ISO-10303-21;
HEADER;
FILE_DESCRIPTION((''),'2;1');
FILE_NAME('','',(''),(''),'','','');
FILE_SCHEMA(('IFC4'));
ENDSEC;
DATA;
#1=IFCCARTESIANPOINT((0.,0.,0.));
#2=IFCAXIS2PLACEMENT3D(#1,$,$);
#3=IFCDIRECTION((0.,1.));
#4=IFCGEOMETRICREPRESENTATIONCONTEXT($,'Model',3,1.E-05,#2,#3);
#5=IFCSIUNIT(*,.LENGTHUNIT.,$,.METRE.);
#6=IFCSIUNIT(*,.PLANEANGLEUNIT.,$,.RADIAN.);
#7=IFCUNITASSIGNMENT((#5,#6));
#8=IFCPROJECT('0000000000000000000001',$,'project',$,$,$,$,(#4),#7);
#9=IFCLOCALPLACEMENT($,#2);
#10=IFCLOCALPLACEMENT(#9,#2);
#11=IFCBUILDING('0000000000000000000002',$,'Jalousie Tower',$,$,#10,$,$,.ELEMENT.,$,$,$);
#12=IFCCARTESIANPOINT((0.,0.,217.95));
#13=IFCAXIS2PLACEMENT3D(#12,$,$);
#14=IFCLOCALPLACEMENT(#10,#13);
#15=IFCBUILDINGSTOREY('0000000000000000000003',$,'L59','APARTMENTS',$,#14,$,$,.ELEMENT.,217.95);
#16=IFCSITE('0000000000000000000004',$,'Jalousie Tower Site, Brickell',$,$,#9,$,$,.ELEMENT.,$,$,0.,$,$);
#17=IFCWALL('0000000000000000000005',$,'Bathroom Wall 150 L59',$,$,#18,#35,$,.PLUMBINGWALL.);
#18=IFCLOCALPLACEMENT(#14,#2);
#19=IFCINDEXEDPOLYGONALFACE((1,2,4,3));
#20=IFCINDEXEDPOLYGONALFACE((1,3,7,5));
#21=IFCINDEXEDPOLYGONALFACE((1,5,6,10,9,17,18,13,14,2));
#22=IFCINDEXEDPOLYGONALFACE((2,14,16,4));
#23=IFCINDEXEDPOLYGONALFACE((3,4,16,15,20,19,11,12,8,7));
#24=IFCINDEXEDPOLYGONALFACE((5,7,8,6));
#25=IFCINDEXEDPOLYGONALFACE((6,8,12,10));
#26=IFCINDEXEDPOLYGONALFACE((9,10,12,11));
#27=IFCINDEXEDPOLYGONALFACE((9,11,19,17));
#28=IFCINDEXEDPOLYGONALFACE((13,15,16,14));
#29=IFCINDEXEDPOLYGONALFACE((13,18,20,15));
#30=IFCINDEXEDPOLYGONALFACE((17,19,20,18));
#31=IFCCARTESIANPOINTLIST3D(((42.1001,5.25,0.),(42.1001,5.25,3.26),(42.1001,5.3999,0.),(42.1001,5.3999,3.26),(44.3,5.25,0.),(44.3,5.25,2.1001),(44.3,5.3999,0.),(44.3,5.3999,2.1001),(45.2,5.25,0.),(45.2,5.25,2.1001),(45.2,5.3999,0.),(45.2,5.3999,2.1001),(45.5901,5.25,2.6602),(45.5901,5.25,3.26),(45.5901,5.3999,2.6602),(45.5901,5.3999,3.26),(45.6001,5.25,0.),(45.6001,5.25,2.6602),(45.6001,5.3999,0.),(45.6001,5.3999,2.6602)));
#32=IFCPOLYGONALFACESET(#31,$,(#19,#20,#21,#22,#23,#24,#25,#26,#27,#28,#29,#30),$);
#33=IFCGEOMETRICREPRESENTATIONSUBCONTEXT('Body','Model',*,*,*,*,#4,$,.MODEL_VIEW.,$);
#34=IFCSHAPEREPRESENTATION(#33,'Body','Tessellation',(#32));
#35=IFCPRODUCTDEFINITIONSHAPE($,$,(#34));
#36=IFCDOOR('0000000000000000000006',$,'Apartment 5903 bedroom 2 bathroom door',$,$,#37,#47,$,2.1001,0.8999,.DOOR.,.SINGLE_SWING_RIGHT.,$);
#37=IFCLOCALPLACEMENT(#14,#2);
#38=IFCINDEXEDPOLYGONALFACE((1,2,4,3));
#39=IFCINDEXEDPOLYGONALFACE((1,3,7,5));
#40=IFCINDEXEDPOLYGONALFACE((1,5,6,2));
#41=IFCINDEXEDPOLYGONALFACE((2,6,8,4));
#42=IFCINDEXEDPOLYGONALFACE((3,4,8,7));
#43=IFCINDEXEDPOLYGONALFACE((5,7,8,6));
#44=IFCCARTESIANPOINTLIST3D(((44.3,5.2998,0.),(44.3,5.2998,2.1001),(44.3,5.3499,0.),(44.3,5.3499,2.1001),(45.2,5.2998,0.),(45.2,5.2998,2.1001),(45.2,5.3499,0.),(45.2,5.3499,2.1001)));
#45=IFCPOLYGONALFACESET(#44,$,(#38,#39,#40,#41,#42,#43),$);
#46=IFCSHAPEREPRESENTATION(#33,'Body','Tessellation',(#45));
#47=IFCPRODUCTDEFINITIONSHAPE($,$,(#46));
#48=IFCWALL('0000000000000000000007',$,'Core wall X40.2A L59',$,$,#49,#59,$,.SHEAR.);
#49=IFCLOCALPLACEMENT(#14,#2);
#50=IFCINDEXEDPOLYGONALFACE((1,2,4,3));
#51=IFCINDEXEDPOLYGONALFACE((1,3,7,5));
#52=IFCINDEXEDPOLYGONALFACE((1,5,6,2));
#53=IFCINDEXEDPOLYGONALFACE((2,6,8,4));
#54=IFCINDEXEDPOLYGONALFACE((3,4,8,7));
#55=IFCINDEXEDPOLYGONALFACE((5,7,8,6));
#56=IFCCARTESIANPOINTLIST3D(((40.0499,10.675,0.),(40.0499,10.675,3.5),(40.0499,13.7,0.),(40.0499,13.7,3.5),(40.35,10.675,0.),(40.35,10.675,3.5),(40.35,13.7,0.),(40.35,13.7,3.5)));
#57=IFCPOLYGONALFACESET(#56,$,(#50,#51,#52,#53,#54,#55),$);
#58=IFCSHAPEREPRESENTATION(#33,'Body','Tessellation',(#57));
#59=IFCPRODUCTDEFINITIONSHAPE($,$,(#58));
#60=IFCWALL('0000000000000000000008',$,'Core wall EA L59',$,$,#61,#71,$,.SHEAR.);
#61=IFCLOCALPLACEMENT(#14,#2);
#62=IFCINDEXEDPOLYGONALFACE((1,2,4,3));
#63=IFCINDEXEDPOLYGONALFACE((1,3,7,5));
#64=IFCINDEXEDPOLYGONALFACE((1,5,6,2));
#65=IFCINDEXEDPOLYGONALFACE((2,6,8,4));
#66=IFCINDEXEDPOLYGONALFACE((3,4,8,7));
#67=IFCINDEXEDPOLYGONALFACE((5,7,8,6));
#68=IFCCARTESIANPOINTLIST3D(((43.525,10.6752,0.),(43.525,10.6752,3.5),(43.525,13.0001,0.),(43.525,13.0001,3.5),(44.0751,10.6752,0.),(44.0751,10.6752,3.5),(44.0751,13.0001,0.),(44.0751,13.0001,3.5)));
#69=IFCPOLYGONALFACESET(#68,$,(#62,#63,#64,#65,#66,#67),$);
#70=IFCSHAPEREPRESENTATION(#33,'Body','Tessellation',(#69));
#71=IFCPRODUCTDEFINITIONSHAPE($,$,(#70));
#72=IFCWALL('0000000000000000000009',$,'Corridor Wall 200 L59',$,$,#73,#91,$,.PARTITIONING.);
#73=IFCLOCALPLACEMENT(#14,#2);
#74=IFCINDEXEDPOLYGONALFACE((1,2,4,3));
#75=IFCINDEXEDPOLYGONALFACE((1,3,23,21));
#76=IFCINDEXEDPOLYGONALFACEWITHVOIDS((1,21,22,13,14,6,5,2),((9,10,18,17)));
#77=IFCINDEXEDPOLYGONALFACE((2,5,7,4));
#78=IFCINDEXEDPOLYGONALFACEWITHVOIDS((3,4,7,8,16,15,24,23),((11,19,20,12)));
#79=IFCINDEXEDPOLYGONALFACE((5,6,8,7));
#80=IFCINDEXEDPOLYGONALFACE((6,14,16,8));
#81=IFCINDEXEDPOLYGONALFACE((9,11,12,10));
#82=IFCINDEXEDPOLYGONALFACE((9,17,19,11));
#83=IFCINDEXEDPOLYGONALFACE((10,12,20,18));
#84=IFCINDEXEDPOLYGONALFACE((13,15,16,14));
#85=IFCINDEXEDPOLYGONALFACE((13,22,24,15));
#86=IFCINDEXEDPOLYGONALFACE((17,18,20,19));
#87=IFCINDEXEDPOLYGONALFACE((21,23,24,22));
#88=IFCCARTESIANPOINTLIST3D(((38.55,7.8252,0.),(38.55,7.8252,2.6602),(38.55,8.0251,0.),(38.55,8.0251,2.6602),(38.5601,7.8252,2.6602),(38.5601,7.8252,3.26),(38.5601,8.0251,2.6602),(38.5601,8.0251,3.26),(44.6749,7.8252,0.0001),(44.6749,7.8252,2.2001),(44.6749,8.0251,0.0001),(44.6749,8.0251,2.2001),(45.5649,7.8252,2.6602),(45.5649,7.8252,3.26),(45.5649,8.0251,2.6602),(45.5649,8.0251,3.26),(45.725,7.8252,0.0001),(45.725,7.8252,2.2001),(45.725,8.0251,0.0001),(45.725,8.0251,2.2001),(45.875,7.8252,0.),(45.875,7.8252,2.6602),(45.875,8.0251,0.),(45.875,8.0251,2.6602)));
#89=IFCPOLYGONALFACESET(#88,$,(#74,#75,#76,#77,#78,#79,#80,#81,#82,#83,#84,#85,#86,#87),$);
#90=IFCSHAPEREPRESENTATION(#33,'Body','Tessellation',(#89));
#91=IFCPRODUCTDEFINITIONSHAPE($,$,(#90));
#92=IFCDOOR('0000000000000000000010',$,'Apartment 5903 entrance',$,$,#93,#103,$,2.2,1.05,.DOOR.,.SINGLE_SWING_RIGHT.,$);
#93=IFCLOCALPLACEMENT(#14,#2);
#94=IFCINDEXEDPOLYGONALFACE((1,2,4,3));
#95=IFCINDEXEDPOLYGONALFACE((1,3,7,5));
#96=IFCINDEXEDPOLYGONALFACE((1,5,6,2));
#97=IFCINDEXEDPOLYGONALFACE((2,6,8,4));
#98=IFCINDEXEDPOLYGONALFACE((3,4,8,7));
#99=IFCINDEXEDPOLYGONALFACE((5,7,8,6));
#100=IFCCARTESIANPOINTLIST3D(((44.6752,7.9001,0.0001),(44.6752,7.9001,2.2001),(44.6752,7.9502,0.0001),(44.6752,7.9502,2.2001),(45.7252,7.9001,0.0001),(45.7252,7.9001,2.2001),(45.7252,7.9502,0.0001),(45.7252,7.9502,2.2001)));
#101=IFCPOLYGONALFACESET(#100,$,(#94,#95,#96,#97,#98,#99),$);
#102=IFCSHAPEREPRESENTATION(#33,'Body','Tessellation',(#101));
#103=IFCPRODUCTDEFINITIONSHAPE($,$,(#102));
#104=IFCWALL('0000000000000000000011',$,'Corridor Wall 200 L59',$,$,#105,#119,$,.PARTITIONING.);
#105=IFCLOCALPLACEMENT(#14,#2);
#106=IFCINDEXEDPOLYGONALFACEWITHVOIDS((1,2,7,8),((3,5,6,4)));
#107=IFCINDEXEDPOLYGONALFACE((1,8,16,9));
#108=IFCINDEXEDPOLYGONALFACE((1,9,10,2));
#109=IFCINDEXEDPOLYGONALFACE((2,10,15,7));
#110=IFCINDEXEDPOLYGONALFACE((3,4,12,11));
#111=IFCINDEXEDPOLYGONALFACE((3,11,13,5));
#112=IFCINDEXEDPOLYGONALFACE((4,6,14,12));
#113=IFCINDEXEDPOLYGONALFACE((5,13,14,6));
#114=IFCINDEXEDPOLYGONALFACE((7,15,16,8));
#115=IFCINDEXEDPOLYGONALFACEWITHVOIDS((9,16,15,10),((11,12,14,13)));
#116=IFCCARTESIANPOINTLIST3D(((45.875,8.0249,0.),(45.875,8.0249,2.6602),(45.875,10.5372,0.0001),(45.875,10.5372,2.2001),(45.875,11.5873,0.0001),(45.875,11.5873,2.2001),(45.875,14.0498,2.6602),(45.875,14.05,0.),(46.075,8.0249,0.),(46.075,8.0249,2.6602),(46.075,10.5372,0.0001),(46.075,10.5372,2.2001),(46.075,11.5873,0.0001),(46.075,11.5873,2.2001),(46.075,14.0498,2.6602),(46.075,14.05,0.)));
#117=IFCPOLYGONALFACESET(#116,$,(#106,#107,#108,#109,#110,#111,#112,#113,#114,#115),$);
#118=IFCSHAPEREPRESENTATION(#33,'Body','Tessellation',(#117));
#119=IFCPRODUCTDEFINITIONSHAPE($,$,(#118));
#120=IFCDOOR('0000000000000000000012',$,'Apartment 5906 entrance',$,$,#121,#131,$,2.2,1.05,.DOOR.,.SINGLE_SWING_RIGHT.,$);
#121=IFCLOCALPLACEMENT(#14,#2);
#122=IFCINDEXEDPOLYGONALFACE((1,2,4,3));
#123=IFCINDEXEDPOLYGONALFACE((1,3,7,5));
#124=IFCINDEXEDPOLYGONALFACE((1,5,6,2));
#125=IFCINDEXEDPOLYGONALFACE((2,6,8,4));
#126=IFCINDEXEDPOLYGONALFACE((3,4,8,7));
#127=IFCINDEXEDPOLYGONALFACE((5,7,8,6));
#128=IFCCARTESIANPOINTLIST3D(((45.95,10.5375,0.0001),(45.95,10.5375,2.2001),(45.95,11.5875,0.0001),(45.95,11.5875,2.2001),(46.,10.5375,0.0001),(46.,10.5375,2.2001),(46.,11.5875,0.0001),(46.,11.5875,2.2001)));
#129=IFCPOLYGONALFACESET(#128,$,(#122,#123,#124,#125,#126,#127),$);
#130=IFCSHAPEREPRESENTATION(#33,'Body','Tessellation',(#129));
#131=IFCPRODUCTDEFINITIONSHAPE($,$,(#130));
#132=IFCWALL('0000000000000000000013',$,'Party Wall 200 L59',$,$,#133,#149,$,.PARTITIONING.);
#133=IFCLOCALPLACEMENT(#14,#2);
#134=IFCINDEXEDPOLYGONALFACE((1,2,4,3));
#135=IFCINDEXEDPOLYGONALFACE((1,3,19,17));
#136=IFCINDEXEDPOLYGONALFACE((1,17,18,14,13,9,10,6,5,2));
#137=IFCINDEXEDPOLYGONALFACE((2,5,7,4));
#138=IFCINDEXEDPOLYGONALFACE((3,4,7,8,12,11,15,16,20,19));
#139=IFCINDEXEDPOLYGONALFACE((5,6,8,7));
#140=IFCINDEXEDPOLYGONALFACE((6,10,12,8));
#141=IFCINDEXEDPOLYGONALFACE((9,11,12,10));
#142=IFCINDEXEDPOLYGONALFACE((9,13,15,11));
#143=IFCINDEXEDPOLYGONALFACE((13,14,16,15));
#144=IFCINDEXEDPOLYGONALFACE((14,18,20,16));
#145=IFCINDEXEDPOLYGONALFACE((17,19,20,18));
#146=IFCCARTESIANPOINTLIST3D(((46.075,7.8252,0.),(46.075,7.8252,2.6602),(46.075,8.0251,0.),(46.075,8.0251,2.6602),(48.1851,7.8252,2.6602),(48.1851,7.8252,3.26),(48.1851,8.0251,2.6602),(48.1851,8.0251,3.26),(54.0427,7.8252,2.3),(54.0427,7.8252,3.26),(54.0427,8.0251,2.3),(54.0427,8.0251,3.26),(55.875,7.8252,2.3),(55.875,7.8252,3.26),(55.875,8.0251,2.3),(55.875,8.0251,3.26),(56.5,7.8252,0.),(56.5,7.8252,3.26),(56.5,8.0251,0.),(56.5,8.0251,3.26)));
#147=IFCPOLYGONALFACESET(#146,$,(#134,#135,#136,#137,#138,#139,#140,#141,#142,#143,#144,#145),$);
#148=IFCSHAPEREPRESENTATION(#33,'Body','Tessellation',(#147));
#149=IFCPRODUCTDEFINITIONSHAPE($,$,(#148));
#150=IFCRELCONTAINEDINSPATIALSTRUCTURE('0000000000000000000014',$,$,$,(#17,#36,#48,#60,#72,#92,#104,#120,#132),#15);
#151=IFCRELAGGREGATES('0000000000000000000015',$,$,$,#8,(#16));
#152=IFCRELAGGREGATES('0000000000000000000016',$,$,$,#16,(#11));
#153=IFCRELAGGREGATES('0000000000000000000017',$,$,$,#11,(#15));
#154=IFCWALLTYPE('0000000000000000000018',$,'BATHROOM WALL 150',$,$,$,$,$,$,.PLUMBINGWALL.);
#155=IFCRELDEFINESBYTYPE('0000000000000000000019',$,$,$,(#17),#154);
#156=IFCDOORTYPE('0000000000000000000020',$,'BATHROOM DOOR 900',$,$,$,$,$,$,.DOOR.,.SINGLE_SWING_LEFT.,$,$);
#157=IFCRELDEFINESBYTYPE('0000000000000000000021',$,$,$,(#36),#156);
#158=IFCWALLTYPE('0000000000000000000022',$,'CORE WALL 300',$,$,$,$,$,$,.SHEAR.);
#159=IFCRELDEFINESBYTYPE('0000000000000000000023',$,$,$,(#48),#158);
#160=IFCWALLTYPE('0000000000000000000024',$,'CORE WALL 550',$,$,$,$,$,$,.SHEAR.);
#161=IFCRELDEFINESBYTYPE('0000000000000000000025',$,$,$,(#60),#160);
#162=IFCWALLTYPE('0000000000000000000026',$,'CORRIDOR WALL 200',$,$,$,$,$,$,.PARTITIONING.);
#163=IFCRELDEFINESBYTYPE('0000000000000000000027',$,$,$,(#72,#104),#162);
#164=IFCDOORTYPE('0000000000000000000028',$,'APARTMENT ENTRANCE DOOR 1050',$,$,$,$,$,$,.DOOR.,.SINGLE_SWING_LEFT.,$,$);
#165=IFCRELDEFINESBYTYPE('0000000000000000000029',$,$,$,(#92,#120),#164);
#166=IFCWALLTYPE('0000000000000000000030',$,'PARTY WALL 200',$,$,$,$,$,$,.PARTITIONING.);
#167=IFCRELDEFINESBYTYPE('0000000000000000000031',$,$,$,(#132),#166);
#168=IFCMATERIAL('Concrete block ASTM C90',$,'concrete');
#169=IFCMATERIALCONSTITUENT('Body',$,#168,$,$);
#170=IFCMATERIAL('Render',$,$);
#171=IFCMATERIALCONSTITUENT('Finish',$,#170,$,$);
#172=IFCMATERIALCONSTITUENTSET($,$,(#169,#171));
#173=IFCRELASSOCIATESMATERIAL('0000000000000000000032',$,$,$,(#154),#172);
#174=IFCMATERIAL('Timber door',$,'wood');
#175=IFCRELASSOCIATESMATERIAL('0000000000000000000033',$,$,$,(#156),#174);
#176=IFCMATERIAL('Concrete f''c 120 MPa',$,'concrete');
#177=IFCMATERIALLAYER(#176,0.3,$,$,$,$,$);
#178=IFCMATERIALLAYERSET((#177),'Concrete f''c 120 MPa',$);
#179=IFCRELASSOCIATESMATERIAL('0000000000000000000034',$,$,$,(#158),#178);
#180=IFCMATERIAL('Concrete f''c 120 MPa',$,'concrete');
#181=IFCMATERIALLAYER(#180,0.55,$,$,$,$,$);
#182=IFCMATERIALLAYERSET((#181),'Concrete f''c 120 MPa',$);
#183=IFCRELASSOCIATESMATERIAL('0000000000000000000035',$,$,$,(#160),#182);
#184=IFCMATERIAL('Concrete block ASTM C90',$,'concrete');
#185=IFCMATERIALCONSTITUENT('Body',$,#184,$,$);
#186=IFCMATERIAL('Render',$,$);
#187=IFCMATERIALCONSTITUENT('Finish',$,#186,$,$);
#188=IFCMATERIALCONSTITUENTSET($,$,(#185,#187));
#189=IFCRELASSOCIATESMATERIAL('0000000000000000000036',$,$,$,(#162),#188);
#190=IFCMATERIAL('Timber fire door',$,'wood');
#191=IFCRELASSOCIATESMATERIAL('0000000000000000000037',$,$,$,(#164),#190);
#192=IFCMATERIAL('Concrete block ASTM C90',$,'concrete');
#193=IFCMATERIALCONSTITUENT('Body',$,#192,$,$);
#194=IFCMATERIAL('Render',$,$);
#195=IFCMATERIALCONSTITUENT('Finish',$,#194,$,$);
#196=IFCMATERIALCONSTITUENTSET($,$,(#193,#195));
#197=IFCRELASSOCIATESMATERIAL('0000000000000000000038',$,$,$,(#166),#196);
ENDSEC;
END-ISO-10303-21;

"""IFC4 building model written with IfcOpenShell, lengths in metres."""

from ifc_helpers import new_model, si_unit, direction, frame, frame_2d, origin, place, context, subcontext, project, spatial, polyline, rectangle, outline, extrude, material, layer, layer_set, constituent, constituent_set, type_object, element, fill, save


model = new_model("IFC4")

# Units and contexts
model_context = context("Model", 3, precision=1e-05, world=origin(), true_north=direction((0.0, 1.0)))
body_context = subcontext(model_context, "Body", "Model", "MODEL_VIEW")
ifc_project = project(units=[si_unit("LENGTHUNIT", "METRE"), si_unit("PLANEANGLEUNIT", "RADIAN")], contexts=[model_context])

# Site, building, storey
site_placement = place(None, origin())
site = spatial("IfcSite", under=ifc_project, at=site_placement, Name="Jalousie Tower Site, Brickell", CompositionType="ELEMENT", RefElevation=0.0)
building_placement = place(site_placement, origin())
building = spatial("IfcBuilding", under=site, at=building_placement, Name="Jalousie Tower", CompositionType="ELEMENT")
storey_placement = place(building_placement, frame((0.0, 0.0, 217.95)))
storey = spatial("IfcBuildingStorey", under=building, at=storey_placement, Name="L59", Description="APARTMENTS", CompositionType="ELEMENT", Elevation=217.95)

# Wall, opening, door
ifc_material_1 = material(Name="Concrete block ASTM C90", Category="concrete")
ifc_constituent_1 = constituent(ifc_material_1, Name="Body")
ifc_material_2 = material(Name="Render")
ifc_constituent_2 = constituent(ifc_material_2, Name="Finish")
ifc_constituent_set_1 = constituent_set(constituents=[ifc_constituent_1, ifc_constituent_2])
wall_type_1 = type_object("IfcWallType", Name="BATHROOM WALL 150", PredefinedType="PLUMBINGWALL", material=ifc_constituent_set_1)
ifc_material_3 = material(Name="Timber door", Category="wood")
door_type_1 = type_object("IfcDoorType", Name="BATHROOM DOOR 900", OperationType="SINGLE_SWING_LEFT", PredefinedType="DOOR", material=ifc_material_3)
wall_1_placement = place(storey_placement, frame((42.1001, 5.325, 0.0), z_axis=(0.0, 0.0, 1.0), x_axis=(1.0, 0.0, 0.0)))
wall_1 = element("IfcWall", 1, at=wall_1_placement, inside=storey, type_object=wall_type_1, Name="Bathroom Wall 150 L59", PredefinedType="PLUMBINGWALL", context=body_context, shape_type="SweptSolid", body=[
    extrude(outline(polyline([(0.0, 0.0), (3.5, 0.0), (3.5, 3.26), (3.5, 2.6602), (3.49, 2.6602), (3.49, 3.26), (0.0, 3.26), (0.0, 0.0)])), frame((0.0, 0.075, 0.0), z_axis=(0.0, -1.0, 0.0), x_axis=(1.0, 0.0, 0.0)), (0.0, 0.0, 1.0), 0.1499),
])
opening_1_placement = place(wall_1_placement, frame((2.2, 0.0, 0.0)))
opening_1 = element("IfcOpeningElement", 2, at=opening_1_placement, cuts=wall_1, PredefinedType="OPENING", context=body_context, shape_type="SweptSolid", body=[
    extrude(rectangle(XDim=0.8999, YDim=2.1001, at=frame_2d((0.45, 1.05))), frame((0.0, 0.085, 0.0), z_axis=(0.0, -1.0, 0.0), x_axis=(1.0, 0.0, 0.0)), (0.0, 0.0, 1.0), 0.1699),
])
door_1_placement = place(opening_1_placement, origin())
door_1 = element("IfcDoor", 3, at=door_1_placement, inside=storey, type_object=door_type_1, Name="Apartment 5903 bedroom 2 bathroom door", OperationType="SINGLE_SWING_RIGHT", OverallHeight=2.1001, OverallWidth=0.8999, PredefinedType="DOOR", context=body_context, shape_type="SweptSolid", body=[
    extrude(rectangle(XDim=0.8999, YDim=2.1001, at=frame_2d((0.45, 1.05))), frame((0.0, 0.0249, 0.0), z_axis=(0.0, -1.0, 0.0), x_axis=(1.0, 0.0, 0.0)), (0.0, 0.0, 1.0), 0.05),
])
fill(opening_1, door_1)

# Walls
ifc_material_4 = material(Name="Concrete f'c 120 MPa", Category="concrete")
ifc_layer_1 = layer(ifc_material_4, 0.3)
ifc_layer_set_1 = layer_set([ifc_layer_1], Name="Concrete f'c 120 MPa")
wall_type_2 = type_object("IfcWallType", Name="CORE WALL 300", PredefinedType="SHEAR", material=ifc_layer_set_1)
wall_2_placement = place(storey_placement, frame((40.2, 10.675, 0.0), z_axis=(0.0, 0.0, 1.0), x_axis=(0.0, 1.0, 0.0)))
element("IfcWall", 4, at=wall_2_placement, inside=storey, type_object=wall_type_2, Name="Core wall X40.2A L59", PredefinedType="SHEAR", context=body_context, shape_type="SweptSolid", body=[
    extrude(rectangle(XDim=3.0249, YDim=0.3, at=frame_2d((1.5125, 0.0))), origin(), (0.0, 0.0, 1.0), 3.5),
])
ifc_material_5 = material(Name="Concrete f'c 120 MPa", Category="concrete")
ifc_layer_2 = layer(ifc_material_5, 0.55)
ifc_layer_set_2 = layer_set([ifc_layer_2], Name="Concrete f'c 120 MPa")
wall_type_3 = type_object("IfcWallType", Name="CORE WALL 550", PredefinedType="SHEAR", material=ifc_layer_set_2)
wall_3_placement = place(storey_placement, frame((43.8, 10.675, 0.0), z_axis=(0.0, 0.0, 1.0), x_axis=(0.0, 1.0, 0.0)))
element("IfcWall", 5, at=wall_3_placement, inside=storey, type_object=wall_type_3, Name="Core wall EA L59", PredefinedType="SHEAR", context=body_context, shape_type="SweptSolid", body=[
    extrude(rectangle(XDim=2.325, YDim=0.55, at=frame_2d((1.1626, 0.0))), origin(), (0.0, 0.0, 1.0), 3.5),
])

# Walls, openings, doors
ifc_material_6 = material(Name="Concrete block ASTM C90", Category="concrete")
ifc_constituent_3 = constituent(ifc_material_6, Name="Body")
ifc_material_7 = material(Name="Render")
ifc_constituent_4 = constituent(ifc_material_7, Name="Finish")
ifc_constituent_set_2 = constituent_set(constituents=[ifc_constituent_3, ifc_constituent_4])
wall_type_4 = type_object("IfcWallType", Name="CORRIDOR WALL 200", PredefinedType="PARTITIONING", material=ifc_constituent_set_2)
wall_4_placement = place(storey_placement, frame((38.55, 7.925, 0.0), z_axis=(0.0, 0.0, 1.0), x_axis=(1.0, 0.0, 0.0)))
wall_4 = element("IfcWall", 6, at=wall_4_placement, inside=storey, type_object=wall_type_4, Name="Corridor Wall 200 L59", PredefinedType="PARTITIONING", context=body_context, shape_type="SweptSolid", body=[
    extrude(outline(polyline([(0.0, 0.0), (7.325, 0.0), (7.325, 3.26), (7.325, 2.6602), (7.0149, 2.6602), (7.0149, 3.26), (0.01, 3.26), (0.01, 2.6602), (0.0, 2.6602), (0.0, 3.26), (0.0, 0.0)])), frame((0.0, 0.1001, 0.0), z_axis=(0.0, -1.0, 0.0), x_axis=(1.0, 0.0, 0.0)), (0.0, 0.0, 1.0), 0.2),
])
opening_2_placement = place(wall_4_placement, frame((6.125, 0.0, 0.0)))
opening_2 = element("IfcOpeningElement", 7, at=opening_2_placement, cuts=wall_4, PredefinedType="OPENING", context=body_context, shape_type="SweptSolid", body=[
    extrude(rectangle(XDim=1.05, YDim=2.2, at=frame_2d((0.5249, 1.1001))), frame((0.0, 0.1099, 0.0), z_axis=(0.0, -1.0, 0.0), x_axis=(1.0, 0.0, 0.0)), (0.0, 0.0, 1.0), 0.22),
])
ifc_material_8 = material(Name="Timber fire door", Category="wood")
door_type_2 = type_object("IfcDoorType", Name="APARTMENT ENTRANCE DOOR 1050", OperationType="SINGLE_SWING_LEFT", PredefinedType="DOOR", material=ifc_material_8)
door_2_placement = place(opening_2_placement, frame((1.05, 0.0, 0.0), z_axis=(0.0, 0.0, 1.0), x_axis=(-1.0, 0.0, 0.0)))
door_2 = element("IfcDoor", 8, at=door_2_placement, inside=storey, type_object=door_type_2, Name="Apartment 5903 entrance", OperationType="SINGLE_SWING_RIGHT", OverallHeight=2.2, OverallWidth=1.05, PredefinedType="DOOR", context=body_context, shape_type="SweptSolid", body=[
    extrude(rectangle(XDim=1.05, YDim=2.2, at=frame_2d((0.5249, 1.1001))), frame((0.0, 0.0249, 0.0), z_axis=(0.0, -1.0, 0.0), x_axis=(1.0, 0.0, 0.0)), (0.0, 0.0, 1.0), 0.05),
])
fill(opening_2, door_2)
wall_5_placement = place(storey_placement, frame((45.9751, 8.0249, 0.0), z_axis=(0.0, 0.0, 1.0), x_axis=(0.0, 1.0, 0.0)))
wall_5 = element("IfcWall", 9, at=wall_5_placement, inside=storey, type_object=wall_type_4, Name="Corridor Wall 200 L59", PredefinedType="PARTITIONING", context=body_context, shape_type="SweptSolid", body=[
    extrude(outline(polyline([(0.0, 0.0), (6.0251, 0.0), (6.0249, 3.26), (6.0249, 2.6602), (5.085, 2.6602), (0.0, 2.6602), (0.0, 3.26), (0.0, 0.0)])), frame((0.0, 0.1001, 0.0), z_axis=(0.0, -1.0, 0.0), x_axis=(1.0, 0.0, 0.0)), (0.0, 0.0, 1.0), 0.2),
])
opening_3_placement = place(wall_5_placement, frame((2.5125, 0.0, 0.0)))
opening_3 = element("IfcOpeningElement", 10, at=opening_3_placement, cuts=wall_5, PredefinedType="OPENING", context=body_context, shape_type="SweptSolid", body=[
    extrude(rectangle(XDim=1.05, YDim=2.2, at=frame_2d((0.5249, 1.1001))), frame((0.0, 0.1099, 0.0), z_axis=(0.0, -1.0, 0.0), x_axis=(1.0, 0.0, 0.0)), (0.0, 0.0, 1.0), 0.22),
])
door_3_placement = place(opening_3_placement, frame((1.05, 0.0, 0.0), z_axis=(0.0, 0.0, 1.0), x_axis=(-1.0, 0.0, 0.0)))
door_3 = element("IfcDoor", 11, at=door_3_placement, inside=storey, type_object=door_type_2, Name="Apartment 5906 entrance", OperationType="SINGLE_SWING_RIGHT", OverallHeight=2.2, OverallWidth=1.05, PredefinedType="DOOR", context=body_context, shape_type="SweptSolid", body=[
    extrude(rectangle(XDim=1.05, YDim=2.2, at=frame_2d((0.5249, 1.1001))), frame((0.0, 0.0249, 0.0), z_axis=(0.0, -1.0, 0.0), x_axis=(1.0, 0.0, 0.0)), (0.0, 0.0, 1.0), 0.05),
])
fill(opening_3, door_3)

# Wall
ifc_material_9 = material(Name="Concrete block ASTM C90", Category="concrete")
ifc_constituent_5 = constituent(ifc_material_9, Name="Body")
ifc_material_10 = material(Name="Render")
ifc_constituent_6 = constituent(ifc_material_10, Name="Finish")
ifc_constituent_set_3 = constituent_set(constituents=[ifc_constituent_5, ifc_constituent_6])
wall_type_5 = type_object("IfcWallType", Name="PARTY WALL 200", PredefinedType="PARTITIONING", material=ifc_constituent_set_3)
wall_6_placement = place(storey_placement, frame((46.075, 7.925, 0.0), z_axis=(0.0, 0.0, 1.0), x_axis=(1.0, 0.0, 0.0)))
element("IfcWall", 12, at=wall_6_placement, inside=storey, type_object=wall_type_5, Name="Party Wall 200 L59", PredefinedType="PARTITIONING", context=body_context, shape_type="SweptSolid", body=[
    extrude(outline(polyline([(0.0, 0.0), (10.425, 0.0), (10.425, 3.26), (9.8, 3.26), (9.8, 2.3), (7.9678, 2.3), (7.9678, 3.26), (2.1101, 3.26), (2.1101, 2.6602), (0.0, 2.6602), (0.0, 3.26), (0.0, 0.0)])), frame((0.0, 0.1001, 0.0), z_axis=(0.0, -1.0, 0.0), x_axis=(1.0, 0.0, 0.0)), (0.0, 0.0, 1.0), 0.2),
])

save(model, "model.ifc")
